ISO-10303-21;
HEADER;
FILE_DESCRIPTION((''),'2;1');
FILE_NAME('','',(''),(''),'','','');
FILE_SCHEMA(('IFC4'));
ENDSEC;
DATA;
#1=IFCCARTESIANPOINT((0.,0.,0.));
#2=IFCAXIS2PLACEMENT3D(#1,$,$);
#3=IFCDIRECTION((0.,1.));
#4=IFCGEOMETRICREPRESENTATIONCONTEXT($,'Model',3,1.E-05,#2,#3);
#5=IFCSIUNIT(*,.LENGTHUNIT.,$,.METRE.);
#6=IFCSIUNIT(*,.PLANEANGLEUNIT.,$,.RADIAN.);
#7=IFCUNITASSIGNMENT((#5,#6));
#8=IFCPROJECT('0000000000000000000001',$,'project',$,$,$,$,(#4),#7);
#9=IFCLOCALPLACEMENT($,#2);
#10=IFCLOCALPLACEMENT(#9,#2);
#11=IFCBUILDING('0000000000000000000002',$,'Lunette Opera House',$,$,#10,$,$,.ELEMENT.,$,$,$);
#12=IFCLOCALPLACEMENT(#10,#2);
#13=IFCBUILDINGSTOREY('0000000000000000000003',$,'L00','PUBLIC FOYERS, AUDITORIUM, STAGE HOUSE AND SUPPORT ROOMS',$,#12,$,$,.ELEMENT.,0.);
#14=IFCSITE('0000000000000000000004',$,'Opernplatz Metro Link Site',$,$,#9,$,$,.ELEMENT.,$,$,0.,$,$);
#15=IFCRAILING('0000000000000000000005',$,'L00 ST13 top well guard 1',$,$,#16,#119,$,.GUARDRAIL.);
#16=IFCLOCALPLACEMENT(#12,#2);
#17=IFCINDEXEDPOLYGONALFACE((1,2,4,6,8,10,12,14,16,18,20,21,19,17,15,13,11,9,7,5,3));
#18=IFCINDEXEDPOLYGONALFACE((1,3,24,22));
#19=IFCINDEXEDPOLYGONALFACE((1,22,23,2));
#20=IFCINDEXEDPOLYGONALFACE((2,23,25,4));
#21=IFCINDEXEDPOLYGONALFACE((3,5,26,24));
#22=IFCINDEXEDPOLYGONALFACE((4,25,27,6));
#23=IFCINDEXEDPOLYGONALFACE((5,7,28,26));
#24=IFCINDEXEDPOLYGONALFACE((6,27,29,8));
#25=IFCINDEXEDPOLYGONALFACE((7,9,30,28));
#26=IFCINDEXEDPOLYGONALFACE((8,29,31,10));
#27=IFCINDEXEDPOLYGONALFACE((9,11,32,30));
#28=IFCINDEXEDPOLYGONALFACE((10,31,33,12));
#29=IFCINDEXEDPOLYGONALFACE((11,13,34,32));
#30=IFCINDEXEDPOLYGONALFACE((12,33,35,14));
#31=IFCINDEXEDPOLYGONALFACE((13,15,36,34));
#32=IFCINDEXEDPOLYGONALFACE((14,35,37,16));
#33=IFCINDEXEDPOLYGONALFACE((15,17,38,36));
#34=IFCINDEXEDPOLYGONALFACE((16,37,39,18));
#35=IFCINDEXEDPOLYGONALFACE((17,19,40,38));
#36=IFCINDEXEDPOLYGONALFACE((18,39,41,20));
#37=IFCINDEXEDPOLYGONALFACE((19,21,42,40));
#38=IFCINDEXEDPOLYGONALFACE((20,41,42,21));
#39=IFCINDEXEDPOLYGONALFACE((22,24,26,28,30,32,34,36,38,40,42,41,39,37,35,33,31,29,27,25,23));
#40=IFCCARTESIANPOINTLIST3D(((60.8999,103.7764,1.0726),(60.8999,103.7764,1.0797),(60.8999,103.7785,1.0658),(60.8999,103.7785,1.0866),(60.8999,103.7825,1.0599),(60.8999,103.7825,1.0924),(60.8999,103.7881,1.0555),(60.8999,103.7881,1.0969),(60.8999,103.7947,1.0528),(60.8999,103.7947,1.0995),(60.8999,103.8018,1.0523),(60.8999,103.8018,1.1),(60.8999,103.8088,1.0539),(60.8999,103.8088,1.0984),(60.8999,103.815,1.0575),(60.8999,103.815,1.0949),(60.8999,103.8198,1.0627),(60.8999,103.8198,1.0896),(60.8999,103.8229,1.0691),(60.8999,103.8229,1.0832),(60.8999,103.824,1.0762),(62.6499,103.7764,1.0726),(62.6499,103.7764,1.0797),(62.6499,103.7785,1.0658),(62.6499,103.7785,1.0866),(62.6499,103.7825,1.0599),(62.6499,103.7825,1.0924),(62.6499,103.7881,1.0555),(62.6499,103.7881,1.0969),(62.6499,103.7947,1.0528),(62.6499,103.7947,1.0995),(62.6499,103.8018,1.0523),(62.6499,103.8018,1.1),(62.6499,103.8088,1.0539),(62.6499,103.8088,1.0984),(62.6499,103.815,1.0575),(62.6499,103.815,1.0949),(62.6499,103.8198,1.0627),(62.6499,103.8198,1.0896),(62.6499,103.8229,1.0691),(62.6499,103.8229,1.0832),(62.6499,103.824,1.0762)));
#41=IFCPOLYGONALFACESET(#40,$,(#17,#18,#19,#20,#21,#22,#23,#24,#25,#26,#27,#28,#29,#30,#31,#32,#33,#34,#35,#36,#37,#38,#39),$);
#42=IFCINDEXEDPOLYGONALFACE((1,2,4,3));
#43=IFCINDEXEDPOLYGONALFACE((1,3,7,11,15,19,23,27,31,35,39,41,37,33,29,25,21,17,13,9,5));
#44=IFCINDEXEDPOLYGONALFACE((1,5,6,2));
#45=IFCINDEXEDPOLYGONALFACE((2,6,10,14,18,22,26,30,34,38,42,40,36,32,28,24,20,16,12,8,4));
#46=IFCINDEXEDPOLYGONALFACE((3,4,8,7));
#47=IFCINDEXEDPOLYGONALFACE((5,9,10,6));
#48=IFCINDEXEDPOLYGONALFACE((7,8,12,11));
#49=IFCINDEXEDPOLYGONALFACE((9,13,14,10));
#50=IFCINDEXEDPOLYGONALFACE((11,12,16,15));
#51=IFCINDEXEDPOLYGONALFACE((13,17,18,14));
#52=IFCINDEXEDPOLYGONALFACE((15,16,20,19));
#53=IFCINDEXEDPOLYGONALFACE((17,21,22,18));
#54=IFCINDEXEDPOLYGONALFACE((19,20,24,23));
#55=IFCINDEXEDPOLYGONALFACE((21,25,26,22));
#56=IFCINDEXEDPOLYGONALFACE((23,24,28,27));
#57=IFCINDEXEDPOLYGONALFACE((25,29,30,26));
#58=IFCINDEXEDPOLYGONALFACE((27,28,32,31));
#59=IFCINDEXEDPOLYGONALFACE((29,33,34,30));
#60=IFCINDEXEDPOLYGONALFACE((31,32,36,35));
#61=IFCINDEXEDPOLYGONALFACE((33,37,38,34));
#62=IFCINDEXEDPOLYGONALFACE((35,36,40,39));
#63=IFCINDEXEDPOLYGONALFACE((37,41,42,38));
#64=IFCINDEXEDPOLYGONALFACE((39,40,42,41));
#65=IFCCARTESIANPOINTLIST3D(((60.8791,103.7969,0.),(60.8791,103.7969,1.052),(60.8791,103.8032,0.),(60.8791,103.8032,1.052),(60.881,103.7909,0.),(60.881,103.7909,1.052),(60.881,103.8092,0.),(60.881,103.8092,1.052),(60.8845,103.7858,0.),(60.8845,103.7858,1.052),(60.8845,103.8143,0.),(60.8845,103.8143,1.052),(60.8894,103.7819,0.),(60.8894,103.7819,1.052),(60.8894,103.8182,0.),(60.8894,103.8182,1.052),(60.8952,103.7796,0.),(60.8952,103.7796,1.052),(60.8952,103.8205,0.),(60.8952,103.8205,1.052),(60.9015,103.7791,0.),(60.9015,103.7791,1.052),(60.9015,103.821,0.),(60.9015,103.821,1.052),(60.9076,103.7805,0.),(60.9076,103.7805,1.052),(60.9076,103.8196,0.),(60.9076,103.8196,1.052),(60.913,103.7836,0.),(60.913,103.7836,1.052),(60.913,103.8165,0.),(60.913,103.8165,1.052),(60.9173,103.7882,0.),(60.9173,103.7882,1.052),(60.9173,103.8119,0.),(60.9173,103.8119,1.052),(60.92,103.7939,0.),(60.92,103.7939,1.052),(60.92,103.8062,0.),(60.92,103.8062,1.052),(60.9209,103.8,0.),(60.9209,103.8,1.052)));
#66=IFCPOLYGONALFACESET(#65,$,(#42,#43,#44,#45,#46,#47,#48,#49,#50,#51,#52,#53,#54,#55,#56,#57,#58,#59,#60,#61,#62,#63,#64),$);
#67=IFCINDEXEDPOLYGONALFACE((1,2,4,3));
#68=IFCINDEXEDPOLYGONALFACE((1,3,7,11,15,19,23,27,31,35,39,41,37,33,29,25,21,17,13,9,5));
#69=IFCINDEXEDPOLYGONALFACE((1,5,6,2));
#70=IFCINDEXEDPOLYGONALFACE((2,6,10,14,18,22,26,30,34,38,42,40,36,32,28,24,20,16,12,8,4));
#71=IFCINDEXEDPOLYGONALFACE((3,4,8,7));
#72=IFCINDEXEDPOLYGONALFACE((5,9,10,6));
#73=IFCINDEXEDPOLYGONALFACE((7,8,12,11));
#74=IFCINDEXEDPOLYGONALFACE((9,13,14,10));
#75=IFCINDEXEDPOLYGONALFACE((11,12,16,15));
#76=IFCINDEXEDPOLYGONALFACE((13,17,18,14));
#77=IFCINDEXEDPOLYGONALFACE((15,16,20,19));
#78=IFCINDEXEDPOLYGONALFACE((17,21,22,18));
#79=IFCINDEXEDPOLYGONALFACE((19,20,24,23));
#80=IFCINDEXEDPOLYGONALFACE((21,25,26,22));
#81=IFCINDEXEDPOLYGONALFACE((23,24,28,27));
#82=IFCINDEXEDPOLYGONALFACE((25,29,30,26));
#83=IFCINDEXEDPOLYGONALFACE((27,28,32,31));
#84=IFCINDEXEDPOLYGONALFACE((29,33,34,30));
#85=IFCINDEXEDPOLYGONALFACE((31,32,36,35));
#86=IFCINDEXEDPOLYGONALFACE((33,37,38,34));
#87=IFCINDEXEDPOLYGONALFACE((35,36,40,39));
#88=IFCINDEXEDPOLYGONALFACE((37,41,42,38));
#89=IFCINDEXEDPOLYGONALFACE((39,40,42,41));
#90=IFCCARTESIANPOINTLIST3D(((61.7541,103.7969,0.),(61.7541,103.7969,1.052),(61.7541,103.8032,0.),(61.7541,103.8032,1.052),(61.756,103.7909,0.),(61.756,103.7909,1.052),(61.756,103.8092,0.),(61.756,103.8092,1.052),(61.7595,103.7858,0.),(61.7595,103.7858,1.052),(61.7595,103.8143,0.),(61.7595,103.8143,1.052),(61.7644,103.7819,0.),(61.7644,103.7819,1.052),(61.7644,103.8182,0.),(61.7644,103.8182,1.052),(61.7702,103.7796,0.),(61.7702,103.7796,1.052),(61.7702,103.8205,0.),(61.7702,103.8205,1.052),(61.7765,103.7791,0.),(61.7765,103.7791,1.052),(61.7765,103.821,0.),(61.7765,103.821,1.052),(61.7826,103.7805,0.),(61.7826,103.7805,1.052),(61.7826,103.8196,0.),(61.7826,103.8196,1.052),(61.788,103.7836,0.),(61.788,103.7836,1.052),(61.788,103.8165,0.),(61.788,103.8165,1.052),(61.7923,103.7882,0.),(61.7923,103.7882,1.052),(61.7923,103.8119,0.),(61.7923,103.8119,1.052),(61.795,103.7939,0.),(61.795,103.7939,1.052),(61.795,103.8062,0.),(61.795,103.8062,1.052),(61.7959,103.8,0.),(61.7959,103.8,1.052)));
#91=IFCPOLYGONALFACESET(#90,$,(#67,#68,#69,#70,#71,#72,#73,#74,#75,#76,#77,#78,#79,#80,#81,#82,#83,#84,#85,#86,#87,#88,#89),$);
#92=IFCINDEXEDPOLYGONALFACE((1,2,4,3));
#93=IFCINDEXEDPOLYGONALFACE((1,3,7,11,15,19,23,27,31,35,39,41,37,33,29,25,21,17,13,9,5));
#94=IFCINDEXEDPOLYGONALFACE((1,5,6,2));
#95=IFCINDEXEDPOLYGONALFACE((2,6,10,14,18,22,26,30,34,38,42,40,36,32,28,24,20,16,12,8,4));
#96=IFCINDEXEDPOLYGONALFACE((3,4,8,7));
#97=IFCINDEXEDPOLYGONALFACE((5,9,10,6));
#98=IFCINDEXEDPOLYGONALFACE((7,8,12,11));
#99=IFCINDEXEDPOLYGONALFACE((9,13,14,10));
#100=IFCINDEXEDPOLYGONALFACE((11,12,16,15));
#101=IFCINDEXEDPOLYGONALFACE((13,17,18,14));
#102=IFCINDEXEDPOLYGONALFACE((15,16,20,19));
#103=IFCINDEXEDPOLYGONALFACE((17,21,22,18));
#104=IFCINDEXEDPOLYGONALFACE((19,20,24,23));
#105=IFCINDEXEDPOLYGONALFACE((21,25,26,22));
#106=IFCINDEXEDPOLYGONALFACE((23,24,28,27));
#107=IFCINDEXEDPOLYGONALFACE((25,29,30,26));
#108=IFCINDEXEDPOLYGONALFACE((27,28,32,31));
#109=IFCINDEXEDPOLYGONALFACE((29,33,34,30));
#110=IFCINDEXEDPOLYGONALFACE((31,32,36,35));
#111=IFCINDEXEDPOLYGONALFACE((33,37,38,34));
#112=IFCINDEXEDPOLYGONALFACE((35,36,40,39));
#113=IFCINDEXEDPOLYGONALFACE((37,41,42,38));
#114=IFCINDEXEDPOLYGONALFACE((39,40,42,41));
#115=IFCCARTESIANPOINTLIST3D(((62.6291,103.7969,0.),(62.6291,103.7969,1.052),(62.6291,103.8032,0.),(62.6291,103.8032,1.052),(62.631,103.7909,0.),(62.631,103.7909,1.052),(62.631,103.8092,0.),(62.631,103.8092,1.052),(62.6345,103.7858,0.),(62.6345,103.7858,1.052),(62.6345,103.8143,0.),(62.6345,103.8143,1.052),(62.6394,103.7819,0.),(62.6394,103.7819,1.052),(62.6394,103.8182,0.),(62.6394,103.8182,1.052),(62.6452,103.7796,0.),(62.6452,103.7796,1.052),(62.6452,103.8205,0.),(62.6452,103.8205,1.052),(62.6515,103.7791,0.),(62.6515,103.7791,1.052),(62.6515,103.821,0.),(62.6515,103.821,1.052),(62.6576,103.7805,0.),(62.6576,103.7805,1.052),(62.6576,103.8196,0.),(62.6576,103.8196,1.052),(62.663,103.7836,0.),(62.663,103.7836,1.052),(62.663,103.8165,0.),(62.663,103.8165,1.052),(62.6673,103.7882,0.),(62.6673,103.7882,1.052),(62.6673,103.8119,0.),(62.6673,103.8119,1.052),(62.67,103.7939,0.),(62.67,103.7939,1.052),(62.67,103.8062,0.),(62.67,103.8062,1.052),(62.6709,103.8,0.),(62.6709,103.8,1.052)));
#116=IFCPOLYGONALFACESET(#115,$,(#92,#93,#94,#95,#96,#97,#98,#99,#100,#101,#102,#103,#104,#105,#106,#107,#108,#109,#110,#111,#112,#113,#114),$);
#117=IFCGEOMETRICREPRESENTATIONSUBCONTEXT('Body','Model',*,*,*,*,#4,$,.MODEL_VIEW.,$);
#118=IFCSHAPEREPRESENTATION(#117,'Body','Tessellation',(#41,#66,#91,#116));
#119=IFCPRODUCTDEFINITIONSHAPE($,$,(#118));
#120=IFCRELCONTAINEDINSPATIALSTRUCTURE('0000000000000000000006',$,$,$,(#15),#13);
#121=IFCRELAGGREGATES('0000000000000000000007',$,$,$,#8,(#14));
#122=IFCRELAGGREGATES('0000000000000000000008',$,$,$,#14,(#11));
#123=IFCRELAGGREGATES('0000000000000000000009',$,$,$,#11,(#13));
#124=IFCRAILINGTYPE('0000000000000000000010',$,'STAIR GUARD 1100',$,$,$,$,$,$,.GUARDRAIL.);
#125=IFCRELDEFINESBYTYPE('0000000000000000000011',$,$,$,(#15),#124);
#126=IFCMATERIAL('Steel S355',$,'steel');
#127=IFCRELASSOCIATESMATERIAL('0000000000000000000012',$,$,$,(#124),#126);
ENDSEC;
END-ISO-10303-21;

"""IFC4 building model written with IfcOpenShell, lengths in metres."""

from ifc_helpers import new_model, si_unit, direction, frame, origin, origin_2d, place, context, subcontext, project, spatial, circle, extrude, material, type_object, element, save


model = new_model("IFC4")

# Units and contexts
model_context = context("Model", 3, precision=1e-05, world=origin(), true_north=direction((0.0, 1.0)))
body_context = subcontext(model_context, "Body", "Model", "MODEL_VIEW")
ifc_project = project(units=[si_unit("LENGTHUNIT", "METRE"), si_unit("PLANEANGLEUNIT", "RADIAN")], contexts=[model_context])

# Site, building, storey
site_placement = place(None, origin())
site = spatial("IfcSite", under=ifc_project, at=site_placement, Name="Opernplatz Metro Link Site", CompositionType="ELEMENT", RefElevation=0.0)
building_placement = place(site_placement, origin())
building = spatial("IfcBuilding", under=site, at=building_placement, Name="Lunette Opera House", CompositionType="ELEMENT")
storey_placement = place(building_placement, origin())
storey = spatial("IfcBuildingStorey", under=building, at=storey_placement, Name="L00", Description="PUBLIC FOYERS, AUDITORIUM, STAGE HOUSE AND SUPPORT ROOMS", CompositionType="ELEMENT", Elevation=0.0)

# Railing
ifc_material_1 = material(Name="Steel S355", Category="steel")
railing_type_1 = type_object("IfcRailingType", Name="STAIR GUARD 1100", PredefinedType="GUARDRAIL", material=ifc_material_1)
railing_1_placement = place(storey_placement, frame((60.8999, 103.8, 0.0)))
element("IfcRailing", 1, at=railing_1_placement, inside=storey, type_object=railing_type_1, Name="L00 ST13 top well guard 1", PredefinedType="GUARDRAIL", context=body_context, shape_type="SweptSolid", body=[
    extrude(circle(Radius=0.0239, at=origin_2d()), frame((0.0, 0.0, 1.0762), z_axis=(1.0, 0.0, 0.0), x_axis=(0.0, 1.0, 0.0)), (0.0, 0.0, 1.0), 1.75),
    extrude(circle(Radius=0.021, at=origin_2d()), origin(), (0.0, 0.0, 1.0), 1.052),
    extrude(circle(Radius=0.021, at=origin_2d()), frame((0.875, 0.0, 0.0)), (0.0, 0.0, 1.0), 1.052),
    extrude(circle(Radius=0.021, at=origin_2d()), frame((1.75, 0.0, 0.0)), (0.0, 0.0, 1.0), 1.052),
])

save(model, "model.ifc")
